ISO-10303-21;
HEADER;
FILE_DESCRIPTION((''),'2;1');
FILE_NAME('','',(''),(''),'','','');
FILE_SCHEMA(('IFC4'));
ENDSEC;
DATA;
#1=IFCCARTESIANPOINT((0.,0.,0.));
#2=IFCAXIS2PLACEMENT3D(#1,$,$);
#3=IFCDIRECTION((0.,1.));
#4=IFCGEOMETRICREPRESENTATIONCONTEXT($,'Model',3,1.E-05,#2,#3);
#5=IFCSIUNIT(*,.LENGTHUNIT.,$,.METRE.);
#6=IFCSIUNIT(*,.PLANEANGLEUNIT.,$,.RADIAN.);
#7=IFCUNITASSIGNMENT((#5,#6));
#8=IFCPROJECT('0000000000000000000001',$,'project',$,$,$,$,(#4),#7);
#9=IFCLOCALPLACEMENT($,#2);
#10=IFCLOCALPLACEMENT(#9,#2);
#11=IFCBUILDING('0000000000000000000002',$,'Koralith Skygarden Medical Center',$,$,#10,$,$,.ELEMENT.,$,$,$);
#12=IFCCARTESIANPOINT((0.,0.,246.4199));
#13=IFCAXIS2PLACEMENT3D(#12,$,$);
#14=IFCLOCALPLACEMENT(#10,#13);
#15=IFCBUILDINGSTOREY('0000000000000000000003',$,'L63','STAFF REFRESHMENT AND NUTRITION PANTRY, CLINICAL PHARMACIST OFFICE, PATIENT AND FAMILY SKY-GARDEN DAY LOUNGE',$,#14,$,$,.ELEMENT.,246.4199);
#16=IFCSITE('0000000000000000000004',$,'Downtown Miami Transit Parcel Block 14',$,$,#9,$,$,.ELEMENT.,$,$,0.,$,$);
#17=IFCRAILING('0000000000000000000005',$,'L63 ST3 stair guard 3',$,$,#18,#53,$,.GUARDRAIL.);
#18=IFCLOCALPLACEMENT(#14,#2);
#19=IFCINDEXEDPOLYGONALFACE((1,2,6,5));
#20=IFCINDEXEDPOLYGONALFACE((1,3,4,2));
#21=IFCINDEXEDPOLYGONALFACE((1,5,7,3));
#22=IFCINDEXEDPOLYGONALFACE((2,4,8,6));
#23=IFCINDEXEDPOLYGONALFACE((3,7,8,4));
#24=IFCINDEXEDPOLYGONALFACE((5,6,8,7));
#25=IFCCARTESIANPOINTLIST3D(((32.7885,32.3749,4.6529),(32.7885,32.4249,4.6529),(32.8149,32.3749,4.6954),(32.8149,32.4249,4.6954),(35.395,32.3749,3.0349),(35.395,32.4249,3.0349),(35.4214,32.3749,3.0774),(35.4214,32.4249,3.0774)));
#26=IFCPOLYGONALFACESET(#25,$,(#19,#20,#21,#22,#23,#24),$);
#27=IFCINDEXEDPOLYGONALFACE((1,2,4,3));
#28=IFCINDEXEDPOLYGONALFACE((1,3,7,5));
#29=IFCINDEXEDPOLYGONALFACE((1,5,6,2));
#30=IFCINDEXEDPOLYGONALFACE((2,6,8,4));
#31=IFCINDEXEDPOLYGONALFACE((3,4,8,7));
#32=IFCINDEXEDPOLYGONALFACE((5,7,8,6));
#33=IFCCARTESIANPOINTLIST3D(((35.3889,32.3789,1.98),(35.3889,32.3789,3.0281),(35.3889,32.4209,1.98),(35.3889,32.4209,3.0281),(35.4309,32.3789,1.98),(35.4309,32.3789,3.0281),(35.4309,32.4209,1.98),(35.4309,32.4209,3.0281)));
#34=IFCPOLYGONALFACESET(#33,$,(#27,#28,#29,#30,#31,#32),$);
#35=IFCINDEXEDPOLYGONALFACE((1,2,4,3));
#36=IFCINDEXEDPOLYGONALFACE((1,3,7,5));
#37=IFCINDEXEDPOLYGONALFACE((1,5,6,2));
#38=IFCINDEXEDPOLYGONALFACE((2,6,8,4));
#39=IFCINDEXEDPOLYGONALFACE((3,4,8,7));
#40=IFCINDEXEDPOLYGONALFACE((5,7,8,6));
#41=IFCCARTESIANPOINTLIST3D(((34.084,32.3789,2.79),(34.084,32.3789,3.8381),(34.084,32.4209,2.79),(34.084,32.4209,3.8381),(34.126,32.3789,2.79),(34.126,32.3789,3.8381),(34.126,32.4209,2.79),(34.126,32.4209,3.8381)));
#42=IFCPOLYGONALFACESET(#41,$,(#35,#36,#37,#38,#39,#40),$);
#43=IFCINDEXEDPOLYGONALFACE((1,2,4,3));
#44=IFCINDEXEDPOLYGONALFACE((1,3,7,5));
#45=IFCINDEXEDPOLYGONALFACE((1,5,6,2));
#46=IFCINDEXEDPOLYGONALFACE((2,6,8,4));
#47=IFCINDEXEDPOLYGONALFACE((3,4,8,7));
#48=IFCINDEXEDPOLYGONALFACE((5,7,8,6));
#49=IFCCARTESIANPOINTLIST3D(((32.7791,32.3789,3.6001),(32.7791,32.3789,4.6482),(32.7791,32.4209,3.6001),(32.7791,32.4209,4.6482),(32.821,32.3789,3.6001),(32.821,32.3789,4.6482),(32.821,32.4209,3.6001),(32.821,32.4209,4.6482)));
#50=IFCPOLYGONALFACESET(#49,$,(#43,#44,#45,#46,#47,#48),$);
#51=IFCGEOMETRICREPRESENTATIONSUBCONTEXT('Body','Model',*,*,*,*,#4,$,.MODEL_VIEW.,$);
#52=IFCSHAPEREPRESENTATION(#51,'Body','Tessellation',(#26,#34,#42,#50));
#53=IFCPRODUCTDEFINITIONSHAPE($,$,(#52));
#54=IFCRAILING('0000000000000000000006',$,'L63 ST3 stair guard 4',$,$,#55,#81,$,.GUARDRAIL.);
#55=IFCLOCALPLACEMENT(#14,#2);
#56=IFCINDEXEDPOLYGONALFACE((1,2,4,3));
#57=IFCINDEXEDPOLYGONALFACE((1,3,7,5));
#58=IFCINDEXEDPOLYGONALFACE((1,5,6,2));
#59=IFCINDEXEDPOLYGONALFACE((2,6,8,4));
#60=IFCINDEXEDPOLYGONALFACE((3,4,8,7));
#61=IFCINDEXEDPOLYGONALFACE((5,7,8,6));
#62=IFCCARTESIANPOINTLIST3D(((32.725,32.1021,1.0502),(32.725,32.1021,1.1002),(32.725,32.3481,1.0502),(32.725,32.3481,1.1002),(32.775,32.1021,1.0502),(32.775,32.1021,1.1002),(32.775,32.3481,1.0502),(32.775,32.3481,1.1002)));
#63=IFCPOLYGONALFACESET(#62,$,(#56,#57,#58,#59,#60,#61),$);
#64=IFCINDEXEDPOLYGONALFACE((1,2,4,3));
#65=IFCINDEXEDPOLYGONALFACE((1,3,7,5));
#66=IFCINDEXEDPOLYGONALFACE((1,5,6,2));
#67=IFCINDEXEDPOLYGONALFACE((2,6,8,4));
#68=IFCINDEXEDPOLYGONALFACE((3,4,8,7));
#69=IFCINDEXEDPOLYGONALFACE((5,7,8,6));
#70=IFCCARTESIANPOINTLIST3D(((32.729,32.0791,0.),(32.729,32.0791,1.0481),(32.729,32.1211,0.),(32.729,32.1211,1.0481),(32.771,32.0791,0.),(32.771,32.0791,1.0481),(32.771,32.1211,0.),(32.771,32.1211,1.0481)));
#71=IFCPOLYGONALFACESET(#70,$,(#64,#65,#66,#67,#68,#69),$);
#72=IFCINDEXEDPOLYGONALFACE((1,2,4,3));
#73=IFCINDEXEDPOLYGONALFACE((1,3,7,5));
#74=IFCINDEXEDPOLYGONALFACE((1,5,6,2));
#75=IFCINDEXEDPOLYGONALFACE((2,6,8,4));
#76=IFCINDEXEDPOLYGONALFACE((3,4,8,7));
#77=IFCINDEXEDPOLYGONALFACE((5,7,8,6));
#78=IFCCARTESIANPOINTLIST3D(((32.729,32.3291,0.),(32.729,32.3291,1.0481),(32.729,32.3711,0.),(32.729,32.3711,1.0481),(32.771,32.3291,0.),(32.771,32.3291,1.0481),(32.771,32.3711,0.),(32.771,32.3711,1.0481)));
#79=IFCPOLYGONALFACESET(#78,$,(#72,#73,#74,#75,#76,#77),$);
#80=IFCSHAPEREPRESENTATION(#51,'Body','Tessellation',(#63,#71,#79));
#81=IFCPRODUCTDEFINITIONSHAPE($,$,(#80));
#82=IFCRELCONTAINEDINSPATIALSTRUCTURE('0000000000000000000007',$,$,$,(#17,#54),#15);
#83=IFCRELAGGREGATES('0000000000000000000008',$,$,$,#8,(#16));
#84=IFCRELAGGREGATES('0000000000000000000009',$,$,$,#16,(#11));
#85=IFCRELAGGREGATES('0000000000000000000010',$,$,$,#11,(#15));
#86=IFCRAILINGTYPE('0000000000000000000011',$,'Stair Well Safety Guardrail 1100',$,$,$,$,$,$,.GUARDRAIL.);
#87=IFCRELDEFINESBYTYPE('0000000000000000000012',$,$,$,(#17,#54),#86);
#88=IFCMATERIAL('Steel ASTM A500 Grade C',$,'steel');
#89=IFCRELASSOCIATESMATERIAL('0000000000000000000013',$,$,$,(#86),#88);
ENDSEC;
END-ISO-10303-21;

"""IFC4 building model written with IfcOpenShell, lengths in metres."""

from ifc_helpers import new_model, si_unit, direction, frame, origin, origin_2d, place, context, subcontext, project, spatial, rectangle, extrude, material, type_object, element, save


model = new_model("IFC4")

# Units and contexts
model_context = context("Model", 3, precision=1e-05, world=origin(), true_north=direction((0.0, 1.0)))
body_context = subcontext(model_context, "Body", "Model", "MODEL_VIEW")
ifc_project = project(units=[si_unit("LENGTHUNIT", "METRE"), si_unit("PLANEANGLEUNIT", "RADIAN")], contexts=[model_context])

# Site, building, storey
site_placement = place(None, origin())
site = spatial("IfcSite", under=ifc_project, at=site_placement, Name="Downtown Miami Transit Parcel Block 14", CompositionType="ELEMENT", RefElevation=0.0)
building_placement = place(site_placement, origin())
building = spatial("IfcBuilding", under=site, at=building_placement, Name="Koralith Skygarden Medical Center", CompositionType="ELEMENT")
storey_placement = place(building_placement, frame((0.0, 0.0, 246.4199)))
storey = spatial("IfcBuildingStorey", under=building, at=storey_placement, Name="L63", Description="STAFF REFRESHMENT AND NUTRITION PANTRY, CLINICAL PHARMACIST OFFICE, PATIENT AND FAMILY SKY-GARDEN DAY LOUNGE", CompositionType="ELEMENT", Elevation=246.4199)

# Railings
ifc_material_1 = material(Name="Steel ASTM A500 Grade C", Category="steel")
railing_type_1 = type_object("IfcRailingType", Name="Stair Well Safety Guardrail 1100", PredefinedType="GUARDRAIL", material=ifc_material_1)
railing_1_placement = place(storey_placement, frame((35.4099, 32.3999, 1.98)))
element("IfcRailing", 1, at=railing_1_placement, inside=storey, type_object=railing_type_1, Name="L63 ST3 stair guard 3", PredefinedType="GUARDRAIL", context=body_context, shape_type="SweptSolid", body=[
    extrude(rectangle(XDim=0.05, YDim=0.05, at=origin_2d()), frame((-0.0017, 0.0, 1.0762), z_axis=(-0.849611, 0.0, 0.52741), x_axis=(0.0, -1.0, 0.0)), (0.0, 0.0, 1.0), 3.0679),
    extrude(rectangle(XDim=0.042, YDim=0.042, at=origin_2d()), origin(), (0.0, 0.0, 1.0), 1.0481),
    extrude(rectangle(XDim=0.042, YDim=0.042, at=origin_2d()), frame((-1.3049, 0.0, 0.8101)), (0.0, 0.0, 1.0), 1.0481),
    extrude(rectangle(XDim=0.042, YDim=0.042, at=origin_2d()), frame((-2.6099, 0.0, 1.6201)), (0.0, 0.0, 1.0), 1.0481),
])
railing_2_placement = place(storey_placement, frame((32.75, 32.1001, 0.0)))
element("IfcRailing", 2, at=railing_2_placement, inside=storey, type_object=railing_type_1, Name="L63 ST3 stair guard 4", PredefinedType="GUARDRAIL", context=body_context, shape_type="SweptSolid", body=[
    extrude(rectangle(XDim=0.05, YDim=0.05, at=origin_2d()), frame((0.0, 0.002, 1.0752), z_axis=(0.0, 1.0, 0.0), x_axis=(-1.0, 0.0, 0.0)), (0.0, 0.0, 1.0), 0.2461),
    extrude(rectangle(XDim=0.042, YDim=0.042, at=origin_2d()), origin(), (0.0, 0.0, 1.0), 1.0481),
    extrude(rectangle(XDim=0.042, YDim=0.042, at=origin_2d()), frame((0.0, 0.25, 0.0)), (0.0, 0.0, 1.0), 1.0481),
])

save(model, "model.ifc")
